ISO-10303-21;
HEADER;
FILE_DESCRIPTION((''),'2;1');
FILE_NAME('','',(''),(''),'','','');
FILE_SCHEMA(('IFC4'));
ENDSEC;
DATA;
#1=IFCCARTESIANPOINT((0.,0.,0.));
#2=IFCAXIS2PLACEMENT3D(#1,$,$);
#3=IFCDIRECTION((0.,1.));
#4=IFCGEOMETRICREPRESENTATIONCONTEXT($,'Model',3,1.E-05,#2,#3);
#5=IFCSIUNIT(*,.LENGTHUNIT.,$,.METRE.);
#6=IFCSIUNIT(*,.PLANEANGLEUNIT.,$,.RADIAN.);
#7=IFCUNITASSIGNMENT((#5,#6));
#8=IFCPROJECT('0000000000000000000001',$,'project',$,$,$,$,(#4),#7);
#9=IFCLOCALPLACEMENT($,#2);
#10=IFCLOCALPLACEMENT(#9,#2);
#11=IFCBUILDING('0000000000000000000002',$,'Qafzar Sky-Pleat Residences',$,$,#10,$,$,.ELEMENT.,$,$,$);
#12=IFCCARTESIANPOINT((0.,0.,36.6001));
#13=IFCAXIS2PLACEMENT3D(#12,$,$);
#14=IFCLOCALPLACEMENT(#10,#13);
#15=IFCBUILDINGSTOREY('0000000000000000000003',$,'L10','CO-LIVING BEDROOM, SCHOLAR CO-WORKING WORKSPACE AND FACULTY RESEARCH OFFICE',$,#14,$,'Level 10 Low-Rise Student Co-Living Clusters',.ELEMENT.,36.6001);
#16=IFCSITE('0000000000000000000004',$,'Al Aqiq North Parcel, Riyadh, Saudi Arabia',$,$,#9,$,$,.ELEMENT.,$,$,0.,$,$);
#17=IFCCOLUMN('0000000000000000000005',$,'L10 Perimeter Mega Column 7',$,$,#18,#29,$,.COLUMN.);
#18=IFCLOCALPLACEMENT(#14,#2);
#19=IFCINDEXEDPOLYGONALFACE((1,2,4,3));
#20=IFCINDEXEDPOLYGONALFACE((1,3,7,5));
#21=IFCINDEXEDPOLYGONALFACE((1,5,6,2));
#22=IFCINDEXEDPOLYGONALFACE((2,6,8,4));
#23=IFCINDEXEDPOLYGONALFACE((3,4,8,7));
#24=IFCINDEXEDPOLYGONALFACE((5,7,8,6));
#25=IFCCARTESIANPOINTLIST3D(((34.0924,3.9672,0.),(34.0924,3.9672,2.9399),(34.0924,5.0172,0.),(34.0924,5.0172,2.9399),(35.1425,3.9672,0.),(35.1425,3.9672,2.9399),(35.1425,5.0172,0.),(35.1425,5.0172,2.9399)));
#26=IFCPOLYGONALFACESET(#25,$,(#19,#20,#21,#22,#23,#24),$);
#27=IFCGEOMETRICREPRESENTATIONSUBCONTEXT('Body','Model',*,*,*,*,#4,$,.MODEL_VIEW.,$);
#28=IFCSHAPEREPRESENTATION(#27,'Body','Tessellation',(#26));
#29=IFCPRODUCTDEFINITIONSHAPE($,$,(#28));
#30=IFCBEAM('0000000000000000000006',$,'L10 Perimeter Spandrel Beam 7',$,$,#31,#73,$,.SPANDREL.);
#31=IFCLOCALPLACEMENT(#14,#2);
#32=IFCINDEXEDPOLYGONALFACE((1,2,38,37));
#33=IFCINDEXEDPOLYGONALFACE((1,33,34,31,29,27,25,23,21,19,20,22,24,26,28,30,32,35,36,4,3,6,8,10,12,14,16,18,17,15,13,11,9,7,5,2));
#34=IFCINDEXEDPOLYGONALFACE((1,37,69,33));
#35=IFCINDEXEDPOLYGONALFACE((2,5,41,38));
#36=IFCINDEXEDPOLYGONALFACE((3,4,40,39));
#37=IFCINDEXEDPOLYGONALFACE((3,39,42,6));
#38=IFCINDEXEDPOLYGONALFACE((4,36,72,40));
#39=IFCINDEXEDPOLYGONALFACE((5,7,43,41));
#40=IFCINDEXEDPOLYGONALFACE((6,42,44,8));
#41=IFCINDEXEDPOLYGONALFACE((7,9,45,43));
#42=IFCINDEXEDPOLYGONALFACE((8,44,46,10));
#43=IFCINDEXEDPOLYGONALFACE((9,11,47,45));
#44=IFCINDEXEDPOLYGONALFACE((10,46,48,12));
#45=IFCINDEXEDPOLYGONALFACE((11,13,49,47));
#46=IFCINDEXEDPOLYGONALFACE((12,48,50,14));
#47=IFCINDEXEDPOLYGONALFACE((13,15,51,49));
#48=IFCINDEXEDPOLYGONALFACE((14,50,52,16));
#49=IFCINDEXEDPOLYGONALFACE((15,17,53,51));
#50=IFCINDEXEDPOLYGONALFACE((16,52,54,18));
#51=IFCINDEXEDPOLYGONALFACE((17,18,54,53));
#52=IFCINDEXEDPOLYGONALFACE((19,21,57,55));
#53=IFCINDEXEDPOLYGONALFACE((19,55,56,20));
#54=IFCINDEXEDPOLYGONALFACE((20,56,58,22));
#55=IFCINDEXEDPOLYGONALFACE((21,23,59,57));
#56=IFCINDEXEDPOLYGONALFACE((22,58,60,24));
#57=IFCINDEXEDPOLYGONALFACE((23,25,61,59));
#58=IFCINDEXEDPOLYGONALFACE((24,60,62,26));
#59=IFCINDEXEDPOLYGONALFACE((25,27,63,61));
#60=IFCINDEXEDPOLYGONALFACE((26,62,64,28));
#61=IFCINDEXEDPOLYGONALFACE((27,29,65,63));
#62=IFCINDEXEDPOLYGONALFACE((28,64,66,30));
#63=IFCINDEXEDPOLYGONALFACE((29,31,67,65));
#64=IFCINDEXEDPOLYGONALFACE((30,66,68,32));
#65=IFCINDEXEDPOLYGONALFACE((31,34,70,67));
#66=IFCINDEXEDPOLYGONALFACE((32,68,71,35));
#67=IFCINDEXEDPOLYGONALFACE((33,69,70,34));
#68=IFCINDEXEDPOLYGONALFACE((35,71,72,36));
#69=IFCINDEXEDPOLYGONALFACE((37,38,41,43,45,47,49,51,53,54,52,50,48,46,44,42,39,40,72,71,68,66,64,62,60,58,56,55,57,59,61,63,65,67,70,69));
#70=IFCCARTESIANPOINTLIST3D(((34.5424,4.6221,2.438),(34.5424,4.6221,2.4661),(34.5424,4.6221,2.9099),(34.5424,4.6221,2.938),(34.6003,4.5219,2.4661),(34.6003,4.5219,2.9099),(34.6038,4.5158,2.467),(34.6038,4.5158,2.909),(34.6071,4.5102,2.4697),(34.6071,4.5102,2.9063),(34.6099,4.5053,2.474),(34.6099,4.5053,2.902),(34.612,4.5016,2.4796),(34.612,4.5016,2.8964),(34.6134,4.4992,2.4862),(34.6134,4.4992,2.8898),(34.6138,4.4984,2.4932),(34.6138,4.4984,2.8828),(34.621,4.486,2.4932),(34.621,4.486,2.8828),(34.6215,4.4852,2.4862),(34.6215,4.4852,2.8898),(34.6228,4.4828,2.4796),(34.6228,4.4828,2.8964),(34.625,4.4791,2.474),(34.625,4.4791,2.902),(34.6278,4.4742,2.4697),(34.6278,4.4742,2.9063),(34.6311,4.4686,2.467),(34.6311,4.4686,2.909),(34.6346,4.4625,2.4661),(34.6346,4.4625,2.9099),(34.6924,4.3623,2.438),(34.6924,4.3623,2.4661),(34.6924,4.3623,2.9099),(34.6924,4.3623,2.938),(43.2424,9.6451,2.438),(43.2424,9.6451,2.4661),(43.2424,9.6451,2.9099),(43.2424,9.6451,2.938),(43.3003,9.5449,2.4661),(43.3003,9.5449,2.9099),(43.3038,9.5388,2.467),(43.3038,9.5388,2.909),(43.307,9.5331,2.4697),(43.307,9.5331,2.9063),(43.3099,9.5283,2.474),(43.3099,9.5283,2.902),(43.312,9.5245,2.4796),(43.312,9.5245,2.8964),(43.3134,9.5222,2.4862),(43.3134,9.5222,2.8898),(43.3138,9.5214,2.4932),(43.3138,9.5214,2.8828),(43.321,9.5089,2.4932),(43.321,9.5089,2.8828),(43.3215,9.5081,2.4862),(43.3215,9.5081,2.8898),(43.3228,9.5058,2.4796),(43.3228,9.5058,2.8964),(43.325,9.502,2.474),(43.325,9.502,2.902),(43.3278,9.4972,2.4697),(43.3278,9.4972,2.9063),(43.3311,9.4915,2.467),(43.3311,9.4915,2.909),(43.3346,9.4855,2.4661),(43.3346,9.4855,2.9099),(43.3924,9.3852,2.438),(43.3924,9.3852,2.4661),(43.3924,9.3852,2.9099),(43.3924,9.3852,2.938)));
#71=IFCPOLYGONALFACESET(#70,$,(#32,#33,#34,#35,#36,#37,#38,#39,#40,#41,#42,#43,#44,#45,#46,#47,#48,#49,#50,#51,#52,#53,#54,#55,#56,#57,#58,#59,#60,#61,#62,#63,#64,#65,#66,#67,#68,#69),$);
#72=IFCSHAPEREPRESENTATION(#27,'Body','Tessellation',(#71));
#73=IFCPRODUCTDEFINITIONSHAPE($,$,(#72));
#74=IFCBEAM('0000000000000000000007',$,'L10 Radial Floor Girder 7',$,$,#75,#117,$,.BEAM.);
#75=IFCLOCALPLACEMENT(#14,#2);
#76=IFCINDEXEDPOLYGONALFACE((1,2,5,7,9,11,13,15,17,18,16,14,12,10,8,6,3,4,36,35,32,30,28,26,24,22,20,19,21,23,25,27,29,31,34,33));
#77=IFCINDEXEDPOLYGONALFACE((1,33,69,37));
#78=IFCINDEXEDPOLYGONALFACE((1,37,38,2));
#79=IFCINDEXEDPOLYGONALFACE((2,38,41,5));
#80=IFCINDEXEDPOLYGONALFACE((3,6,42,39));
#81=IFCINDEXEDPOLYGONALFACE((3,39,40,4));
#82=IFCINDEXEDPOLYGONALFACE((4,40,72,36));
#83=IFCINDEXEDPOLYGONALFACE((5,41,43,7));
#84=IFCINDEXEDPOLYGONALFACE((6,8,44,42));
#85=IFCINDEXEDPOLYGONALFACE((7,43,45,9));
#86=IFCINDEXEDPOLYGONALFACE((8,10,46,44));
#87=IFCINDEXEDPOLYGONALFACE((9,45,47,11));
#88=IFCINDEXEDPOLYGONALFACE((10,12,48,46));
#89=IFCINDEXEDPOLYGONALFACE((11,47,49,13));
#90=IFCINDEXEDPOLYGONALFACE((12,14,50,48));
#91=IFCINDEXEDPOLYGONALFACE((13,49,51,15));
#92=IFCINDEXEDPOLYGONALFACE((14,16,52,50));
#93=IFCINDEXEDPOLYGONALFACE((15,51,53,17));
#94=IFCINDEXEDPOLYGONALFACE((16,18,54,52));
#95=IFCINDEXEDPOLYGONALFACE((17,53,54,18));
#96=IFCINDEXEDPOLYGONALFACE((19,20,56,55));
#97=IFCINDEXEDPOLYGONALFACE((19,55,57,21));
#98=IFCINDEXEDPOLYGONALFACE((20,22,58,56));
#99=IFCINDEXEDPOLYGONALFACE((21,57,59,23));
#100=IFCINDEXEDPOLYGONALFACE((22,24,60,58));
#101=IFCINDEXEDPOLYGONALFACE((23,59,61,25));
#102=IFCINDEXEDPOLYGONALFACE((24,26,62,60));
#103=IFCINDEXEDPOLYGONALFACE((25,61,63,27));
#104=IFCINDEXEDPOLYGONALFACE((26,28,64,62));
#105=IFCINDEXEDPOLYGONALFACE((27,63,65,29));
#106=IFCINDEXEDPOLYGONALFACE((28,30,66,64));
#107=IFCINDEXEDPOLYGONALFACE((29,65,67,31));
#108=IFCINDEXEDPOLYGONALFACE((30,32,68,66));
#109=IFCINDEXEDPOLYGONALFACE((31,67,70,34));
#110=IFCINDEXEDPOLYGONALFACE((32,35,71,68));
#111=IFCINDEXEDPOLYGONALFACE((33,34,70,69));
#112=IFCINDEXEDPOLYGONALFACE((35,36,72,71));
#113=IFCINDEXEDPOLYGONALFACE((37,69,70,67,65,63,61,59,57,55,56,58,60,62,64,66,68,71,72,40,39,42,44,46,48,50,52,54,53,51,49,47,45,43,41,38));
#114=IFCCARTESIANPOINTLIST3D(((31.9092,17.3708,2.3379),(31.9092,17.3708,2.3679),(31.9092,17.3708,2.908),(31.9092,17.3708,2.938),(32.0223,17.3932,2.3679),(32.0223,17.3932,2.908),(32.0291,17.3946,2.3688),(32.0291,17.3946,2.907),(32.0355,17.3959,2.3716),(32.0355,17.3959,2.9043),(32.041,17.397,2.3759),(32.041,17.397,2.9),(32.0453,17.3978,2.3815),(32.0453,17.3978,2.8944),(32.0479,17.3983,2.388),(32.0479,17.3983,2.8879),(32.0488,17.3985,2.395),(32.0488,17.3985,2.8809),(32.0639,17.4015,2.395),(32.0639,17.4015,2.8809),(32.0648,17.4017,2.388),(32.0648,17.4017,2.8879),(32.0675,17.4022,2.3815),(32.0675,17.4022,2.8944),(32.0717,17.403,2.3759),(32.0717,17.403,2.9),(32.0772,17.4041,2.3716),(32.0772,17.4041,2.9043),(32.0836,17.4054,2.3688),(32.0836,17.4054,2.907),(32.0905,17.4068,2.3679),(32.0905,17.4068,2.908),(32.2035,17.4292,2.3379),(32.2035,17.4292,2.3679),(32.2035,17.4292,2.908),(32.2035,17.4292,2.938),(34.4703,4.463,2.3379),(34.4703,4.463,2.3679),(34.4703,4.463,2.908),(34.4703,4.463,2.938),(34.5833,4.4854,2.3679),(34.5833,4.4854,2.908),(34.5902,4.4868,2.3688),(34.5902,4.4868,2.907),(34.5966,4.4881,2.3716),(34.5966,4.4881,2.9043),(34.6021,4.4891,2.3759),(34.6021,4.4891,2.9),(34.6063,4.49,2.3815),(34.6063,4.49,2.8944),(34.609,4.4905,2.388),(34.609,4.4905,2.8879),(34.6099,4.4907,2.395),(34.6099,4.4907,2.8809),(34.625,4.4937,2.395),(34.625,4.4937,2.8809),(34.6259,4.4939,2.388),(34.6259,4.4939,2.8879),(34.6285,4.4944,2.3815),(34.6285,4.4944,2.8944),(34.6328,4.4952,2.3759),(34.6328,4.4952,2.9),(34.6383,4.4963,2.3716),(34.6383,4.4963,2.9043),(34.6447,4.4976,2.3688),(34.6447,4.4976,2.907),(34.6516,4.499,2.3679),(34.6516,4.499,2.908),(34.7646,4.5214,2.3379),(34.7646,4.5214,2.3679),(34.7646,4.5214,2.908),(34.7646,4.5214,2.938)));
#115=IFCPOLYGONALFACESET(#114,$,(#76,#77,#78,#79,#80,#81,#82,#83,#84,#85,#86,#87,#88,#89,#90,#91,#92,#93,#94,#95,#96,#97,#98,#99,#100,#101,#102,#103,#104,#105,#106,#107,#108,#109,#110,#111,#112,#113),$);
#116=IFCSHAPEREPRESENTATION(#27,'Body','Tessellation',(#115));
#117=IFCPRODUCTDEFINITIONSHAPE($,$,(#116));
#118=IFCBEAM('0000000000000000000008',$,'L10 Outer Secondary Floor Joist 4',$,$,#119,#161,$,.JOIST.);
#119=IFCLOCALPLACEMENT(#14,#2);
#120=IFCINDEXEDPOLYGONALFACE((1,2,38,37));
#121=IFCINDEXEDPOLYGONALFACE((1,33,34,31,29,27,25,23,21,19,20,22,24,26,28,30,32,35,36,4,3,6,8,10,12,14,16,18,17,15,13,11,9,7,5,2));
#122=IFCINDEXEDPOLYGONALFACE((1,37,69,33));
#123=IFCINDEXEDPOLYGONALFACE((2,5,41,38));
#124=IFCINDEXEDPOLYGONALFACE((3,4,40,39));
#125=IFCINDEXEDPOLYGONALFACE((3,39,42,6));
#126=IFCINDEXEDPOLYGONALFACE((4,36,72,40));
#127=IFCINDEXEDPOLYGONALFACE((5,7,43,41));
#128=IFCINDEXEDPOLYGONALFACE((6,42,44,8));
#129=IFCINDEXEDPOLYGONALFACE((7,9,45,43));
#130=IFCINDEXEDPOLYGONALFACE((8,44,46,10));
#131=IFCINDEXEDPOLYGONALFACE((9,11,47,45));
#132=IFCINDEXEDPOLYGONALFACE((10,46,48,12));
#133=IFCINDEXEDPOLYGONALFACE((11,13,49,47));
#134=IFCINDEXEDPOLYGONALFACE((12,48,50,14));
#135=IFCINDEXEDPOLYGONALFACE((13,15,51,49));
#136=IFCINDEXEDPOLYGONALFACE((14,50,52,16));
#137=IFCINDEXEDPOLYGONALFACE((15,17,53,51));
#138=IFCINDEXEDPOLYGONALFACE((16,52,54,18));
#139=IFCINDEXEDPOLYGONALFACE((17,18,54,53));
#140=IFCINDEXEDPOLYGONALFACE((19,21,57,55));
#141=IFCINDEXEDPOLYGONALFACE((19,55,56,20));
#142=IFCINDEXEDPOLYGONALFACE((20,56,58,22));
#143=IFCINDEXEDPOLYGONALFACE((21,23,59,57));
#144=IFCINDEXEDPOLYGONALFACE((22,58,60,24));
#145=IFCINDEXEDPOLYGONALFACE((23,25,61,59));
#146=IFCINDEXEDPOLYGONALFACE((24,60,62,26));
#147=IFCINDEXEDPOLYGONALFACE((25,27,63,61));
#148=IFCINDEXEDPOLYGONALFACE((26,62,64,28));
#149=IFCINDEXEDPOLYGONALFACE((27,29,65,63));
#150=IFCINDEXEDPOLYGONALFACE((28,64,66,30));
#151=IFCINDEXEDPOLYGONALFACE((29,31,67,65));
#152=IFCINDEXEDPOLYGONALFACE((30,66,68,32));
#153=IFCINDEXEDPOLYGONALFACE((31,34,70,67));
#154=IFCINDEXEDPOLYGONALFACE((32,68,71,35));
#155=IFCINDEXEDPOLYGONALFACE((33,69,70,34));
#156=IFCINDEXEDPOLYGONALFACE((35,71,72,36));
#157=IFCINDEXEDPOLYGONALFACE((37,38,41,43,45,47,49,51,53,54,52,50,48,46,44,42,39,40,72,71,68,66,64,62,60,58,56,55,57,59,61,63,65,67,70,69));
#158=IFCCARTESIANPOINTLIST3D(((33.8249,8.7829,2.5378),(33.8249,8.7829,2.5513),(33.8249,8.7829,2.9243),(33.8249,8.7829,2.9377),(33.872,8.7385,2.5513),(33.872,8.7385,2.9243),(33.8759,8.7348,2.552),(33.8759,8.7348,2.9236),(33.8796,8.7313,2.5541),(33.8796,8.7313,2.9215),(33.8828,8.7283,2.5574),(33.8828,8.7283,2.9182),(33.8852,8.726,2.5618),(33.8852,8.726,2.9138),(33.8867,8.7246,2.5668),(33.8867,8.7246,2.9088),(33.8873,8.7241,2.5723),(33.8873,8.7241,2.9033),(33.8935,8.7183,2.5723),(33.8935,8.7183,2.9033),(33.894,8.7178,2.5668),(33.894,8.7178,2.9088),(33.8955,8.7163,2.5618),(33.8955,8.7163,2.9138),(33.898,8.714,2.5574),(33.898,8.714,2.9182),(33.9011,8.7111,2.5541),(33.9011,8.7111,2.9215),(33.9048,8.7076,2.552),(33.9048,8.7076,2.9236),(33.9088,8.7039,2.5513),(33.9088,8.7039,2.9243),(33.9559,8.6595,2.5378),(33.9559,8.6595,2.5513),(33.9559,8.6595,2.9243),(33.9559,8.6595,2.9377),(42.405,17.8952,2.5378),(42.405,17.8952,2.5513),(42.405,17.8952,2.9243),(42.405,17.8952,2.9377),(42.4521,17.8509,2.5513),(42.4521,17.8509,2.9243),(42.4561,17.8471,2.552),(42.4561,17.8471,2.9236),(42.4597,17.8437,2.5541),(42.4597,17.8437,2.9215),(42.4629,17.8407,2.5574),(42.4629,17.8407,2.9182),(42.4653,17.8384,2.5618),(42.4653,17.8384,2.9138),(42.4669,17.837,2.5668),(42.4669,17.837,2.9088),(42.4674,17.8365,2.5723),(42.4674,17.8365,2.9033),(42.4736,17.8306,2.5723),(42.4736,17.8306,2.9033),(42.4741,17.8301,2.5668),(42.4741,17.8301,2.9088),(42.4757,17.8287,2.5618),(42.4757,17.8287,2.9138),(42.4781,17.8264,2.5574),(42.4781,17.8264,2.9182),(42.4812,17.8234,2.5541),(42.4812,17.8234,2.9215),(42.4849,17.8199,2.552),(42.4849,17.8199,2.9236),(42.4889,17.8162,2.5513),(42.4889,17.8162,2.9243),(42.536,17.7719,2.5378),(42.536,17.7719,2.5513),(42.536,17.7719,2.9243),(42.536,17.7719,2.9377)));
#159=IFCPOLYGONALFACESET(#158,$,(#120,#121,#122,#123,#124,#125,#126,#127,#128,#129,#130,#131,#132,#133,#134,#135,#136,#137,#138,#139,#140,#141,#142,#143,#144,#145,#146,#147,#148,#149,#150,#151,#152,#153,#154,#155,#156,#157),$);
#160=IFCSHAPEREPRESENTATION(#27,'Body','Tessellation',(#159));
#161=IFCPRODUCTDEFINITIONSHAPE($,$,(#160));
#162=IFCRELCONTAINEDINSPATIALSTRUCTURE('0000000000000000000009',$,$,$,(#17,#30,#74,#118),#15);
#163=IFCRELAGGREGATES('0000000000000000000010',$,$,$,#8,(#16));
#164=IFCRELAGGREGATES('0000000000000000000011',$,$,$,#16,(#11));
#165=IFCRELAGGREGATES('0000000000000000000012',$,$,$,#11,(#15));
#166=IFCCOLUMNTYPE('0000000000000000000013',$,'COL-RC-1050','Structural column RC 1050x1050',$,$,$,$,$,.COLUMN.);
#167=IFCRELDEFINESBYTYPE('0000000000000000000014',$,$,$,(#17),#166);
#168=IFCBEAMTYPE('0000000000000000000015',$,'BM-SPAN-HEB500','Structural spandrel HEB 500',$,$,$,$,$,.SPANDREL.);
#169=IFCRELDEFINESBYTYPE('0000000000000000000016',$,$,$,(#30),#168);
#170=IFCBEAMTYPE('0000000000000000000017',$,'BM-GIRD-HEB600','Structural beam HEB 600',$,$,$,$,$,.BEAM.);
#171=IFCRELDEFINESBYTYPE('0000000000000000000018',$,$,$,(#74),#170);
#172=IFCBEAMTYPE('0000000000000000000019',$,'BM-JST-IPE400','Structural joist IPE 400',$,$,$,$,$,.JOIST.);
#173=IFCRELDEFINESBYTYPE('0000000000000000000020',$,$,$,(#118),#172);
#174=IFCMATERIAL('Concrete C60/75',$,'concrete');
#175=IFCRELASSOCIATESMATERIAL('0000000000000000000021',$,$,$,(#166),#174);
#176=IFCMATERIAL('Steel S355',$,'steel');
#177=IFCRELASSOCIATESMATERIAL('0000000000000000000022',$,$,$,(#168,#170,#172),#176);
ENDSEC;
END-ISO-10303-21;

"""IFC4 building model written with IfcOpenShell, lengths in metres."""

from ifc_helpers import new_model, si_unit, direction, frame, origin, origin_2d, place, context, subcontext, project, spatial, rectangle, i_section, extrude, source, transform, mapped, material, material_profile, profile_set, type_object, element, save


model = new_model("IFC4")

# Units and contexts
model_context = context("Model", 3, precision=1e-05, world=origin(), true_north=direction((0.0, 1.0)))
body_context = subcontext(model_context, "Body", "Model", "MODEL_VIEW")
ifc_project = project(units=[si_unit("LENGTHUNIT", "METRE"), si_unit("PLANEANGLEUNIT", "RADIAN")], contexts=[model_context])

# Site, building, storey
site_placement = place(None, origin())
site = spatial("IfcSite", under=ifc_project, at=site_placement, Name="Al Aqiq North Parcel, Riyadh, Saudi Arabia", CompositionType="ELEMENT", RefElevation=0.0)
building_placement = place(site_placement, origin())
building = spatial("IfcBuilding", under=site, at=building_placement, Name="Qafzar Sky-Pleat Residences", CompositionType="ELEMENT")
storey_placement = place(building_placement, frame((0.0, 0.0, 36.6001)))
storey = spatial("IfcBuildingStorey", under=building, at=storey_placement, Name="L10", Description="CO-LIVING BEDROOM, SCHOLAR CO-WORKING WORKSPACE AND FACULTY RESEARCH OFFICE", LongName="Level 10 Low-Rise Student Co-Living Clusters", CompositionType="ELEMENT", Elevation=36.6001)

# Column
ifc_material_1 = material(Name="Concrete C60/75", Category="concrete")
ifc_material_profile_1 = material_profile(ifc_material_1, rectangle(XDim=1.05, YDim=1.05, at=origin_2d()), Name="RC 1050x1050")
ifc_profile_set_1 = profile_set([ifc_material_profile_1], Name="Concrete C60/75")
column_type = type_object("IfcColumnType", Name="COL-RC-1050", Description="Structural column RC 1050x1050", PredefinedType="COLUMN", material=ifc_profile_set_1)
shared_shape_1 = source(origin(), body_context, "Body", "SweptSolid", [
    extrude(rectangle(XDim=1.05, YDim=1.05, at=origin_2d()), origin(), (0.0, 0.0, 1.0), 2.9399),
])
column_placement = place(storey_placement, frame((34.6174, 4.4922, 0.0), z_axis=(0.0, 0.0, 1.0), x_axis=(1.0, 0.0, 0.0)))
element("IfcColumn", 1, at=column_placement, inside=storey, type_object=column_type, Name="L10 Perimeter Mega Column 7", PredefinedType="COLUMN", context=body_context, shape_type="MappedRepresentation", body=[
    mapped(shared_shape_1, transform((0.0, 0.0, 0.0), x_axis=(1.0, 0.0, 0.0), y_axis=(0.0, 1.0, 0.0), z_axis=(0.0, 0.0, 1.0), scale=1.0)),
])

# Beams
ifc_material_2 = material(Name="Steel S355", Category="steel")
ifc_material_profile_2 = material_profile(ifc_material_2, i_section(OverallWidth=0.3, OverallDepth=0.5, WebThickness=0.0144, FlangeThickness=0.0281, FilletRadius=0.0271, at=origin_2d()), Name="HEB 500")
ifc_profile_set_2 = profile_set([ifc_material_profile_2], Name="Steel S355")
beam_type_1 = type_object("IfcBeamType", Name="BM-SPAN-HEB500", Description="Structural spandrel HEB 500", PredefinedType="SPANDREL", material=ifc_profile_set_2)
shared_shape_2 = source(origin(), body_context, "Body", "SweptSolid", [
    extrude(i_section(OverallWidth=0.3, OverallDepth=0.5, WebThickness=0.0144, FlangeThickness=0.0281, FilletRadius=0.0271, at=origin_2d()), origin(), (0.0, 0.0, 1.0), 10.0459),
])
beam_1_placement = place(storey_placement, frame((34.6174, 4.4922, 2.688), z_axis=(0.866024, 0.500002, 0.0), x_axis=(-0.500002, 0.866024, 0.0)))
element("IfcBeam", 2, at=beam_1_placement, inside=storey, type_object=beam_type_1, Name="L10 Perimeter Spandrel Beam 7", PredefinedType="SPANDREL", context=body_context, shape_type="MappedRepresentation", body=[
    mapped(shared_shape_2, transform((0.0, 0.0, 0.0), x_axis=(1.0, 0.0, 0.0), y_axis=(0.0, 1.0, 0.0), z_axis=(0.0, 0.0, 1.0), scale=1.0)),
])
ifc_material_profile_3 = material_profile(ifc_material_2, i_section(OverallWidth=0.3, OverallDepth=0.6001, WebThickness=0.0154, FlangeThickness=0.03, FilletRadius=0.0271, at=origin_2d()), Name="HEB 600")
ifc_profile_set_3 = profile_set([ifc_material_profile_3], Name="Steel S355")
beam_type_2 = type_object("IfcBeamType", Name="BM-GIRD-HEB600", Description="Structural beam HEB 600", PredefinedType="BEAM", material=ifc_profile_set_3)
shared_shape_3 = source(origin(), body_context, "Body", "SweptSolid", [
    extrude(i_section(OverallWidth=0.3, OverallDepth=0.6001, WebThickness=0.0154, FlangeThickness=0.03, FilletRadius=0.0271, at=origin_2d()), origin(), (0.0, 0.0, 1.0), 13.1594),
])
beam_2_placement = place(storey_placement, frame((34.6174, 4.4922, 2.6379), z_axis=(-0.194617, 0.980879, 0.0), x_axis=(-0.980879, -0.194617, 0.0)))
element("IfcBeam", 3, at=beam_2_placement, inside=storey, type_object=beam_type_2, Name="L10 Radial Floor Girder 7", PredefinedType="BEAM", context=body_context, shape_type="MappedRepresentation", body=[
    mapped(shared_shape_3, transform((0.0, 0.0, 0.0), x_axis=(1.0, 0.0, 0.0), y_axis=(0.0, 1.0, 0.0), z_axis=(0.0, 0.0, 1.0), scale=1.0)),
])
ifc_material_profile_4 = material_profile(ifc_material_2, i_section(OverallWidth=0.1799, OverallDepth=0.3999, WebThickness=0.0085, FlangeThickness=0.0134, FilletRadius=0.021, at=origin_2d()), Name="IPE 400")
ifc_profile_set_4 = profile_set([ifc_material_profile_4], Name="Steel S355")
beam_type_3 = type_object("IfcBeamType", Name="BM-JST-IPE400", Description="Structural joist IPE 400", PredefinedType="JOIST", material=ifc_profile_set_4)
shared_shape_4 = source(origin(), body_context, "Body", "SweptSolid", [
    extrude(i_section(OverallWidth=0.1799, OverallDepth=0.3999, WebThickness=0.0085, FlangeThickness=0.0134, FilletRadius=0.021, at=origin_2d()), origin(), (0.0, 0.0, 1.0), 12.5161),
])
beam_3_placement = place(storey_placement, frame((33.8904, 8.7212, 2.7378), z_axis=(0.685525, 0.728049, 0.0), x_axis=(-0.728049, 0.685525, 0.0)))
element("IfcBeam", 4, at=beam_3_placement, inside=storey, type_object=beam_type_3, Name="L10 Outer Secondary Floor Joist 4", PredefinedType="JOIST", context=body_context, shape_type="MappedRepresentation", body=[
    mapped(shared_shape_4, transform((0.0, 0.0, 0.0), x_axis=(1.0, 0.0, 0.0), y_axis=(0.0, 1.0, 0.0), z_axis=(0.0, 0.0, 1.0), scale=1.0)),
])

save(model, "model.ifc")
